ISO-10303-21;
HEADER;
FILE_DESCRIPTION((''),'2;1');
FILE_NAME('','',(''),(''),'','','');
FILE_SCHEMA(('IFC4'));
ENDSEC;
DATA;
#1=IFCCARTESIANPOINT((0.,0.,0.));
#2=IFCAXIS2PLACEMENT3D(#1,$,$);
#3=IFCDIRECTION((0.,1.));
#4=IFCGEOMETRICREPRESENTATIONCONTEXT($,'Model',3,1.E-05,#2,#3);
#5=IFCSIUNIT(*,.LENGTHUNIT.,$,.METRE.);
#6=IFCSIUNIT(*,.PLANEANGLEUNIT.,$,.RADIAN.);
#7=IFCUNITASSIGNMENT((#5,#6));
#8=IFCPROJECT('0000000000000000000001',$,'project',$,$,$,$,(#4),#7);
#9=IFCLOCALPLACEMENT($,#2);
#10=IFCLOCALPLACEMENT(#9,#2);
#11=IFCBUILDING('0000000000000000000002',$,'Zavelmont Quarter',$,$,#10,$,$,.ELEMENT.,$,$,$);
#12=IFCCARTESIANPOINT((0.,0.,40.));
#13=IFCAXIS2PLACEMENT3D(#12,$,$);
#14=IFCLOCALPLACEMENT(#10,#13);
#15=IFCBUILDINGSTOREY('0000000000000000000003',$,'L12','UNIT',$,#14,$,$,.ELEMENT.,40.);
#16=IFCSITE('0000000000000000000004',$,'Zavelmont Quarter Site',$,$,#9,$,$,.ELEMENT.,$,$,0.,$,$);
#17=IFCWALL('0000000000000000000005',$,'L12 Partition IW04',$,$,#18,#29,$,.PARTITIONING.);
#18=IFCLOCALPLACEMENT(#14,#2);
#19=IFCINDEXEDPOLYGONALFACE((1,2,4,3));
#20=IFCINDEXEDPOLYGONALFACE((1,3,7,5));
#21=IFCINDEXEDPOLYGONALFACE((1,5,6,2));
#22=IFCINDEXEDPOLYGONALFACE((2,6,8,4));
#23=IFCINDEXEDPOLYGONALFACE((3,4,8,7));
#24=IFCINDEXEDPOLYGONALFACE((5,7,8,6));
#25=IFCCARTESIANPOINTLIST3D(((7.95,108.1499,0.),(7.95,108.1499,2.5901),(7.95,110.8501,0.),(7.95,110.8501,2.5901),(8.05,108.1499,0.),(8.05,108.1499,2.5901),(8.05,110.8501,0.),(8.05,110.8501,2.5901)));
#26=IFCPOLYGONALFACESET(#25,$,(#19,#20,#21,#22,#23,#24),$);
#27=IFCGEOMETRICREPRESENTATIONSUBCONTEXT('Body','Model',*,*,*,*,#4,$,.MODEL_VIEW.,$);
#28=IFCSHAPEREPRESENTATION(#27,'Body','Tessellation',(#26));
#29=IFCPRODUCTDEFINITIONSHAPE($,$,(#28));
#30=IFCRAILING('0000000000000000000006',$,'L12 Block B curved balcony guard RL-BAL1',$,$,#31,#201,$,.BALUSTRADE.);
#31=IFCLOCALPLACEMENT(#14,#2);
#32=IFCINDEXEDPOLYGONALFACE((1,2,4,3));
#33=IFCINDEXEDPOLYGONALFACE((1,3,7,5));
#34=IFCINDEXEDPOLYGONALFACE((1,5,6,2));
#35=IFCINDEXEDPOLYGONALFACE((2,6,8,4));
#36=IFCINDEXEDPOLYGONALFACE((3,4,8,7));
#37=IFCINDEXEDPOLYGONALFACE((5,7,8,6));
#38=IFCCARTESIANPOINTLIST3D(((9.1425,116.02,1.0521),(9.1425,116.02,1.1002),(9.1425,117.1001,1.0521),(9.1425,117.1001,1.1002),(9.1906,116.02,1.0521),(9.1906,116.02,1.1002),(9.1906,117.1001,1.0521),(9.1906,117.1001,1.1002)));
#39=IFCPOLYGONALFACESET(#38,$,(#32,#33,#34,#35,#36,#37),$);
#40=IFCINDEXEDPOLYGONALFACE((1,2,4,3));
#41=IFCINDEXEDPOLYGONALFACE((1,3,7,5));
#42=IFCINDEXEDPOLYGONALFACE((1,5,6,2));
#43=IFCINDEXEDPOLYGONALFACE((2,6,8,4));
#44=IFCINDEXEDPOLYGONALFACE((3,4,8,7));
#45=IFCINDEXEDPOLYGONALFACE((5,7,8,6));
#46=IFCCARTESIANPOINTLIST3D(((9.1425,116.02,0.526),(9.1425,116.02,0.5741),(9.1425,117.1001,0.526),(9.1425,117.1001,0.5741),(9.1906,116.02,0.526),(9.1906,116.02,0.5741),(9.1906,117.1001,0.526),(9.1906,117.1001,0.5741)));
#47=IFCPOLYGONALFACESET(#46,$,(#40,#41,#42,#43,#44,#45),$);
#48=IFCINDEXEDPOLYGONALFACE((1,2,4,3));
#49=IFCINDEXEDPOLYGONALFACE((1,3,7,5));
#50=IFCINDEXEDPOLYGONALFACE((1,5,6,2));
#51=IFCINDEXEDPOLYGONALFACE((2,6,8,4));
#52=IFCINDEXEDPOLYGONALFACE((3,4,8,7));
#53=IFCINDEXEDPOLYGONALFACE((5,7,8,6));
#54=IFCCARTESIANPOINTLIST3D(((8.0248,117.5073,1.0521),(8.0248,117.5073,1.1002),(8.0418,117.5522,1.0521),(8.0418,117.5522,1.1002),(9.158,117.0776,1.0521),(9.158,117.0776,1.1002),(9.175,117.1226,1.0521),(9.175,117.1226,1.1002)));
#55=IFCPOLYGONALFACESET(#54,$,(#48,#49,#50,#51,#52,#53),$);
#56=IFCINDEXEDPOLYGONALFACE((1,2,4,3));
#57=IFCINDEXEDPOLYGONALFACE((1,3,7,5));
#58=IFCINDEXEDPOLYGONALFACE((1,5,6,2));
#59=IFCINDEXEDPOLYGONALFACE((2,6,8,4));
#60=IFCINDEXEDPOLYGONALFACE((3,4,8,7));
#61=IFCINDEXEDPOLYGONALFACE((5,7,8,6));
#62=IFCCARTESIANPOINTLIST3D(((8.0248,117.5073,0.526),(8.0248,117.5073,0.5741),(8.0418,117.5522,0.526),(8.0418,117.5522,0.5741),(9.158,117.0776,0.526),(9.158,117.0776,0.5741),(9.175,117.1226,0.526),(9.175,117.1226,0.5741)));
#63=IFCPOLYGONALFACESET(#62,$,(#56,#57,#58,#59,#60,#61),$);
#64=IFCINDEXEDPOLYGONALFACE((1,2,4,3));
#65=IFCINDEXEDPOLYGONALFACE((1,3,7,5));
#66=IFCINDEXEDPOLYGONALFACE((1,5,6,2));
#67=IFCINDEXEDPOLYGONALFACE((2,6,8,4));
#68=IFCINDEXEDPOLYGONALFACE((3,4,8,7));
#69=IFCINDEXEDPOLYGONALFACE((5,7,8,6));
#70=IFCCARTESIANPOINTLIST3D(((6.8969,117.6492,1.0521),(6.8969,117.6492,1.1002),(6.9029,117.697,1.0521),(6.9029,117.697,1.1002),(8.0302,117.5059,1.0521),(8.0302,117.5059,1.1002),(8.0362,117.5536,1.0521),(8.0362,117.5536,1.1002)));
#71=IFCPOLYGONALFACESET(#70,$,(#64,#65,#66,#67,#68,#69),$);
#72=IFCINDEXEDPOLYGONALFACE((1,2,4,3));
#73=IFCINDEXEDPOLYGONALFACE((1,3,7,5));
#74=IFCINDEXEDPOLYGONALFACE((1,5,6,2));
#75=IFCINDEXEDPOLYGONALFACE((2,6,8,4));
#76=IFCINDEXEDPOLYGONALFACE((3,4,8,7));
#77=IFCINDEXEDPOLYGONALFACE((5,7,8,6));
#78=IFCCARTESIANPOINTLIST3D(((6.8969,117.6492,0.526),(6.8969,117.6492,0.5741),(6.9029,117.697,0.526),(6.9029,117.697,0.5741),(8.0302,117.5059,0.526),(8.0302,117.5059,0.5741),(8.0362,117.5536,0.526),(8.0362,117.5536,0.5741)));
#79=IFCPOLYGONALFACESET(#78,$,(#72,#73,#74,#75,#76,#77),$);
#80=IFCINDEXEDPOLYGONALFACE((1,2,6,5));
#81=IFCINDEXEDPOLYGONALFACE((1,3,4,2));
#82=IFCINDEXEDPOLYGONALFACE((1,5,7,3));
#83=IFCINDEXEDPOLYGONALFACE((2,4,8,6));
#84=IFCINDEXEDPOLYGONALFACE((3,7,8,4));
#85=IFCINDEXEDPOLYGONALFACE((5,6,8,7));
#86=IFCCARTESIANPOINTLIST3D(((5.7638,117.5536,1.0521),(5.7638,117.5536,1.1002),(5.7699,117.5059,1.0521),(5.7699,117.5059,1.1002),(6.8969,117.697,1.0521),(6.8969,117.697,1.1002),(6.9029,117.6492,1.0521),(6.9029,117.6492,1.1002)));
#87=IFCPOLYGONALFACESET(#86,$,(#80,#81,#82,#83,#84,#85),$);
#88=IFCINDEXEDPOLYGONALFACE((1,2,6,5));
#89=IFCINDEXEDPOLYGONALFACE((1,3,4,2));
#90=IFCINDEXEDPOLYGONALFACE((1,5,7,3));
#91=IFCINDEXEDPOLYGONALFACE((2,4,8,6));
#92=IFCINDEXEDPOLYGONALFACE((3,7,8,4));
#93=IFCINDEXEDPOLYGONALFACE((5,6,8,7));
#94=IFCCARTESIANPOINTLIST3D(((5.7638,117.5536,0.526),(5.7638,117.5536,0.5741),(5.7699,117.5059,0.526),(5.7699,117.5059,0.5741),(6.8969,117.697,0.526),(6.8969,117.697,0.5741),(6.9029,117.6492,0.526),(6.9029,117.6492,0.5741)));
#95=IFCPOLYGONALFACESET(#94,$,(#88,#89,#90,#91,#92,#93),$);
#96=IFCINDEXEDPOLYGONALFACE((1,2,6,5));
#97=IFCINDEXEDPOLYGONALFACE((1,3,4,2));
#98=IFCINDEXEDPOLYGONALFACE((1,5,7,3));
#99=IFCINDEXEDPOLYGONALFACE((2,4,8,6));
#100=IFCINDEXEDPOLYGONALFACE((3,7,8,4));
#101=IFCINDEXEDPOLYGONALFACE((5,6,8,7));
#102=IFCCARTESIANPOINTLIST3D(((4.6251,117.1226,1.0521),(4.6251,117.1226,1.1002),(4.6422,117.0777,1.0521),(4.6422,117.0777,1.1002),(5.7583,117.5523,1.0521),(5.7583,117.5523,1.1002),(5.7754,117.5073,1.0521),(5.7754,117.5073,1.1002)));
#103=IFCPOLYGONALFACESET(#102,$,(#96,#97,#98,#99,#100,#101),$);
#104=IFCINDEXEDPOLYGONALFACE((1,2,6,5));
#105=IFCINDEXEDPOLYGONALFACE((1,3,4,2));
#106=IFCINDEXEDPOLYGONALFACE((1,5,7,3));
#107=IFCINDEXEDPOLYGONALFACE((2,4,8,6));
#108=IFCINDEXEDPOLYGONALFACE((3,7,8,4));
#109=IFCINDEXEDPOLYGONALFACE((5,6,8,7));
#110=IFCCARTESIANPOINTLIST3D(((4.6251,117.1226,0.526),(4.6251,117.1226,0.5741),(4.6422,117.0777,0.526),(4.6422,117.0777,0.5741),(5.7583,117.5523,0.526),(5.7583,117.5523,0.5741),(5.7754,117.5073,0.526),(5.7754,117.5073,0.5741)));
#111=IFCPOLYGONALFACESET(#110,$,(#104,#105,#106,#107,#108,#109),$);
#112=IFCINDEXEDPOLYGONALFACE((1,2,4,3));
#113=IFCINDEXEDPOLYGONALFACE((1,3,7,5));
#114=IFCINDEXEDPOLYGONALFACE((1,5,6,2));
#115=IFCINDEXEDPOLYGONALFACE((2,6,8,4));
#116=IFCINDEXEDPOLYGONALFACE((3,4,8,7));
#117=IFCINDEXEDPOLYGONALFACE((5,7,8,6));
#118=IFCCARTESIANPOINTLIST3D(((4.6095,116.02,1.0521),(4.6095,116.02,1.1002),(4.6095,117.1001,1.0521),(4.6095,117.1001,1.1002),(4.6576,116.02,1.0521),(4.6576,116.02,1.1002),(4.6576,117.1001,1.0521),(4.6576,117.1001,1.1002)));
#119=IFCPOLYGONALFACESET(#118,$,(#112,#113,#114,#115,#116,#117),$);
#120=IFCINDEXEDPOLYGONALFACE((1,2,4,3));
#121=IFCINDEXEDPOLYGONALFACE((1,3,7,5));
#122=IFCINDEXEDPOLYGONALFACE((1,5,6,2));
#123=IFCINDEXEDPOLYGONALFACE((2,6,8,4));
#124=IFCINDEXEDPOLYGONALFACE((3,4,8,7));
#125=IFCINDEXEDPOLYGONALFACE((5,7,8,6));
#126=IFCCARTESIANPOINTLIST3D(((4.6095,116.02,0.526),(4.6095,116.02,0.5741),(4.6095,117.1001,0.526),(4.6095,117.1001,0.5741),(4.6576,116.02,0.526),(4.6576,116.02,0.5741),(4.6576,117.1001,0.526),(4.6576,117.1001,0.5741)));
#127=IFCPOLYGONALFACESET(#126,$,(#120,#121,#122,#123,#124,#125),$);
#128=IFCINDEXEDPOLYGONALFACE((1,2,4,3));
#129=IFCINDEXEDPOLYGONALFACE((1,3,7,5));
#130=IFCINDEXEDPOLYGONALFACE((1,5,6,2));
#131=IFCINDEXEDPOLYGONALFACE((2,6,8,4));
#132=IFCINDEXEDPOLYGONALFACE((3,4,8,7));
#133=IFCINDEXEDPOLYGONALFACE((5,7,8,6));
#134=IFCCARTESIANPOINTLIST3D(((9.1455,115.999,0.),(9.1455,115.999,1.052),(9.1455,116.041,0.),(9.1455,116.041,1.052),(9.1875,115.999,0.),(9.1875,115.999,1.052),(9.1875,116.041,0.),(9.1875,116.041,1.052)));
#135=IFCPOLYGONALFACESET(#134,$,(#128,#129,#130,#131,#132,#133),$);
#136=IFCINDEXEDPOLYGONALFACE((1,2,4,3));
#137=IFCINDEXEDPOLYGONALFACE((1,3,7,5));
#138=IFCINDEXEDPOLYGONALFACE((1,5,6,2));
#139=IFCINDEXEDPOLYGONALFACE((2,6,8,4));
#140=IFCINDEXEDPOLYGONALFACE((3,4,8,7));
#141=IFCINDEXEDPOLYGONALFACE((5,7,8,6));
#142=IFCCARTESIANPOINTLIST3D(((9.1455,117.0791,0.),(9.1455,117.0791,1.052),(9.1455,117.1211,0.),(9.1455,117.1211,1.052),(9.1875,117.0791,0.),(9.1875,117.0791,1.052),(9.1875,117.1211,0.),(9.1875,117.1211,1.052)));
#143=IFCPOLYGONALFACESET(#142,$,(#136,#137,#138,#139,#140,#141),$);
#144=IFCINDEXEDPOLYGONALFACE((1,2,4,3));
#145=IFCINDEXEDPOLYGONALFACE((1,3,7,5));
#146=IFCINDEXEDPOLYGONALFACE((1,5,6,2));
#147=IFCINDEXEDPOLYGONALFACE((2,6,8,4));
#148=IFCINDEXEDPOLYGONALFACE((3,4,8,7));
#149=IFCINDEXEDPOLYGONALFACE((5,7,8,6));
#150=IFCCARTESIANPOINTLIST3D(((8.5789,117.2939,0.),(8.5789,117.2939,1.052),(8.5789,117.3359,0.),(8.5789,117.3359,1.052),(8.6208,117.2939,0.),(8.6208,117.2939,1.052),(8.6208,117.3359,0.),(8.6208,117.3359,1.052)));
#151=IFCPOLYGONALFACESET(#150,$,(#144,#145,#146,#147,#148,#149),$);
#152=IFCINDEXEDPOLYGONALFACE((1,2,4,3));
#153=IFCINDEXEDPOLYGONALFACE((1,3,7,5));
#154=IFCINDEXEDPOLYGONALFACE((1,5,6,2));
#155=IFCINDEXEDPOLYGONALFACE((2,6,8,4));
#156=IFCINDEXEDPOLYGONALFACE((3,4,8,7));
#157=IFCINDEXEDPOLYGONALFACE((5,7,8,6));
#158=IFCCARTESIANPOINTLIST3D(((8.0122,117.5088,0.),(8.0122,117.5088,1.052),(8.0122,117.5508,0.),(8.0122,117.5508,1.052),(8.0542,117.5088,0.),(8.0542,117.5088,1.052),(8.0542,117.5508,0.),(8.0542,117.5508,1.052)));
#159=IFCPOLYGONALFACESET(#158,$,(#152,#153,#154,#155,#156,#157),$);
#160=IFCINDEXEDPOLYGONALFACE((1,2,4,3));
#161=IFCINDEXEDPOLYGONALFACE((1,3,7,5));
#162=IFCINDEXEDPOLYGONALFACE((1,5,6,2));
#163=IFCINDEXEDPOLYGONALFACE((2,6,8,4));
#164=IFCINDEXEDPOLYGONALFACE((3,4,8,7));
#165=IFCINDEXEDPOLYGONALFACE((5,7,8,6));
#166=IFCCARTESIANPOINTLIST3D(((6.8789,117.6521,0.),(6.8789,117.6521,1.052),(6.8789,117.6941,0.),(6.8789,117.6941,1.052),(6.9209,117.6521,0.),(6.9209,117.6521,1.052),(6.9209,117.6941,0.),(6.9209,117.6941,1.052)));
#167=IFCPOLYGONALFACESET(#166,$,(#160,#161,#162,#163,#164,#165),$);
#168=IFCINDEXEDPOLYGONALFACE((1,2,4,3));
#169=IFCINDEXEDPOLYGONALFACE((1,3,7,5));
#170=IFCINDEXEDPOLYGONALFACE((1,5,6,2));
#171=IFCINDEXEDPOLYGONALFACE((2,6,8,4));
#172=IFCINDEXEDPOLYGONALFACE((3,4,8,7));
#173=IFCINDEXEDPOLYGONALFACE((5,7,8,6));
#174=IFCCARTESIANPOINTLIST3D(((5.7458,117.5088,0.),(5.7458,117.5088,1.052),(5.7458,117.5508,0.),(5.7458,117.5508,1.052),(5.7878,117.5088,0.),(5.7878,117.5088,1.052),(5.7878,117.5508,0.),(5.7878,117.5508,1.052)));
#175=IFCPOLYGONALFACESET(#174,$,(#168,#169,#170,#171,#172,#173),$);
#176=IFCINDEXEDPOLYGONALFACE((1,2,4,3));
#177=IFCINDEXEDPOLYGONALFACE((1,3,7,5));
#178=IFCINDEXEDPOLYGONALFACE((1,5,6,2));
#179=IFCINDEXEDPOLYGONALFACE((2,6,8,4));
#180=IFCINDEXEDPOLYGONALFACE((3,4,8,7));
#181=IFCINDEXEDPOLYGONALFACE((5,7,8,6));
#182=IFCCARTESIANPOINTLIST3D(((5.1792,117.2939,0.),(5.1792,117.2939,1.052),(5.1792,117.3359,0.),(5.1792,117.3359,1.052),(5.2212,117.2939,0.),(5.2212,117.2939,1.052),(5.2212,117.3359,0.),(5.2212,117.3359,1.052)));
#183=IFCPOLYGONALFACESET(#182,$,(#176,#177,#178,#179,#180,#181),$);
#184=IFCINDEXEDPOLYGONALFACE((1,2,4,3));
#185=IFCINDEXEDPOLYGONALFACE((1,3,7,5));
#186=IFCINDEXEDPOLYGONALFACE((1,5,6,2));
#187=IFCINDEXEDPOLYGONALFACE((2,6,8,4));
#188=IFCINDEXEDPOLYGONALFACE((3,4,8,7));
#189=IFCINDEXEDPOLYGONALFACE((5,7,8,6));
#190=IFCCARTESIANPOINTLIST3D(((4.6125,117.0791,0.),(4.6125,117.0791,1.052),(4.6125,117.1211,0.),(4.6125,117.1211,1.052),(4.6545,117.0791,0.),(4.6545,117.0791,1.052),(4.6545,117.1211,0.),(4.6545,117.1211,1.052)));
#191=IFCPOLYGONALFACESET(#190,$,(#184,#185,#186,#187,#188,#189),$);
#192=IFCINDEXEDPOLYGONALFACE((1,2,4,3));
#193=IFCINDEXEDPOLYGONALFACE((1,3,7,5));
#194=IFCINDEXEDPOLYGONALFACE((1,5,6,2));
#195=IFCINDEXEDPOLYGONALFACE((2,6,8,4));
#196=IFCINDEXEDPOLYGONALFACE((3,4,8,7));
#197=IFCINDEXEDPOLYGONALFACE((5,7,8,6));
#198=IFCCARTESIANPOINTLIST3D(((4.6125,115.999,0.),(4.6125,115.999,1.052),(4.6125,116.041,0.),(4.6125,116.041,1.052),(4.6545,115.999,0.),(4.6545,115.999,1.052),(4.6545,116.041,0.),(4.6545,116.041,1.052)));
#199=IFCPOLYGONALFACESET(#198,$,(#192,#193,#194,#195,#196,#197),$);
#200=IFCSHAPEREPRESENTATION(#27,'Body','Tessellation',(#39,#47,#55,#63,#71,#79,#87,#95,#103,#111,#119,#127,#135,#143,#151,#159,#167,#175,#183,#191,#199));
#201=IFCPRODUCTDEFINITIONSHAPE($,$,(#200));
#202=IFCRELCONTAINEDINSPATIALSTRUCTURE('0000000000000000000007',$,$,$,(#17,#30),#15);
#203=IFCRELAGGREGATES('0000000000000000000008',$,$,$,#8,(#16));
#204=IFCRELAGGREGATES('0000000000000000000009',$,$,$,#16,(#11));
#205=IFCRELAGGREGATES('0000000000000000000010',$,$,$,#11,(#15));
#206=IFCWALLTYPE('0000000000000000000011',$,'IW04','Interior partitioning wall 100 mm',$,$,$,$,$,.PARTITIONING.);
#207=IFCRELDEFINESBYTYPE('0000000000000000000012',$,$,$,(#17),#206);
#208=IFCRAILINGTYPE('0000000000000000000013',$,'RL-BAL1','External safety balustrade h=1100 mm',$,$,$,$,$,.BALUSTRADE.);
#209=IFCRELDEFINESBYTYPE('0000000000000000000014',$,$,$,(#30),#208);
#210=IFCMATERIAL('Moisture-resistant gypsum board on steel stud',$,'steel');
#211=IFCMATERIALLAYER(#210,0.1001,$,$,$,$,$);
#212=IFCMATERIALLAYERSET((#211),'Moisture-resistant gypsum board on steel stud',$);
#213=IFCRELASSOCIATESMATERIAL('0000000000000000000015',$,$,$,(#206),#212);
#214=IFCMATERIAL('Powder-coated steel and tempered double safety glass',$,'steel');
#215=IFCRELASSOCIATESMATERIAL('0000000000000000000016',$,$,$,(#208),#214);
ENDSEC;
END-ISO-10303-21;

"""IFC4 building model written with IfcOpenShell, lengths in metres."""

from ifc_helpers import new_model, si_unit, direction, frame, frame_2d, origin, origin_2d, place, context, subcontext, project, spatial, rectangle, extrude, material, layer, layer_set, type_object, element, save


model = new_model("IFC4")

# Units and contexts
model_context = context("Model", 3, precision=1e-05, world=origin(), true_north=direction((0.0, 1.0)))
body_context = subcontext(model_context, "Body", "Model", "MODEL_VIEW")
ifc_project = project(units=[si_unit("LENGTHUNIT", "METRE"), si_unit("PLANEANGLEUNIT", "RADIAN")], contexts=[model_context])

# Site, building, storey
site_placement = place(None, origin())
site = spatial("IfcSite", under=ifc_project, at=site_placement, Name="Zavelmont Quarter Site", CompositionType="ELEMENT", RefElevation=0.0)
building_placement = place(site_placement, origin())
building = spatial("IfcBuilding", under=site, at=building_placement, Name="Zavelmont Quarter", CompositionType="ELEMENT")
storey_placement = place(building_placement, frame((0.0, 0.0, 40.0)))
storey = spatial("IfcBuildingStorey", under=building, at=storey_placement, Name="L12", Description="UNIT", CompositionType="ELEMENT", Elevation=40.0)

# Wall
ifc_material_1 = material(Name="Moisture-resistant gypsum board on steel stud", Category="steel")
ifc_layer_1 = layer(ifc_material_1, 0.1001)
ifc_layer_set_1 = layer_set([ifc_layer_1], Name="Moisture-resistant gypsum board on steel stud")
wall_type_1 = type_object("IfcWallType", Name="IW04", Description="Interior partitioning wall 100 mm", PredefinedType="PARTITIONING", material=ifc_layer_set_1)
wall_1_placement = place(storey_placement, frame((8.0, 108.1499, 0.0), z_axis=(0.0, 0.0, 1.0), x_axis=(0.0, 1.0, 0.0)))
element("IfcWall", 1, at=wall_1_placement, inside=storey, type_object=wall_type_1, Name="L12 Partition IW04", PredefinedType="PARTITIONING", context=body_context, shape_type="SweptSolid", body=[
    extrude(rectangle(XDim=2.7002, YDim=0.1001, at=frame_2d((1.3501, 0.0))), origin(), (0.0, 0.0, 1.0), 2.5901),
])

# Railing
ifc_material_2 = material(Name="Powder-coated steel and tempered double safety glass", Category="steel")
railing_type = type_object("IfcRailingType", Name="RL-BAL1", Description="External safety balustrade h=1100 mm", PredefinedType="BALUSTRADE", material=ifc_material_2)
railing_placement = place(storey_placement, frame((9.1665, 116.02, 0.0)))
element("IfcRailing", 2, at=railing_placement, inside=storey, type_object=railing_type, Name="L12 Block B curved balcony guard RL-BAL1", PredefinedType="BALUSTRADE", context=body_context, shape_type="SweptSolid", body=[
    extrude(rectangle(XDim=0.0481, YDim=0.0481, at=origin_2d()), frame((0.0, 0.0, 1.0762), z_axis=(0.0, 1.0, 0.0), x_axis=(-1.0, 0.0, 0.0)), (0.0, 0.0, 1.0), 1.0801),
    extrude(rectangle(XDim=0.0481, YDim=0.0481, at=origin_2d()), frame((0.0, 0.0, 0.55), z_axis=(0.0, 1.0, 0.0), x_axis=(-1.0, 0.0, 0.0)), (0.0, 0.0, 1.0), 1.0801),
    extrude(rectangle(XDim=0.0481, YDim=0.0481, at=origin_2d()), frame((0.0, 1.0801, 1.0762), z_axis=(-0.935048, 0.354521, 0.0), x_axis=(-0.354521, -0.935048, 0.0)), (0.0, 0.0, 1.0), 1.2119),
    extrude(rectangle(XDim=0.0481, YDim=0.0481, at=origin_2d()), frame((0.0, 1.0801, 0.55), z_axis=(-0.935048, 0.354521, 0.0), x_axis=(-0.354521, -0.935048, 0.0)), (0.0, 0.0, 1.0), 1.2119),
    extrude(rectangle(XDim=0.0481, YDim=0.0481, at=origin_2d()), frame((-1.1333, 1.5098, 1.0762), z_axis=(-0.992099, 0.125455, 0.0), x_axis=(-0.125455, -0.992099, 0.0)), (0.0, 0.0, 1.0), 1.1423),
    extrude(rectangle(XDim=0.0481, YDim=0.0481, at=origin_2d()), frame((-1.1333, 1.5098, 0.55), z_axis=(-0.992099, 0.125455, 0.0), x_axis=(-0.125455, -0.992099, 0.0)), (0.0, 0.0, 1.0), 1.1423),
    extrude(rectangle(XDim=0.0481, YDim=0.0481, at=origin_2d()), frame((-2.2666, 1.6531, 1.0762), z_axis=(-0.992096, -0.125482, 0.0), x_axis=(0.125482, -0.992096, 0.0)), (0.0, 0.0, 1.0), 1.1421),
    extrude(rectangle(XDim=0.0481, YDim=0.0481, at=origin_2d()), frame((-2.2666, 1.6531, 0.55), z_axis=(-0.992096, -0.125482, 0.0), x_axis=(0.125482, -0.992096, 0.0)), (0.0, 0.0, 1.0), 1.1421),
    extrude(rectangle(XDim=0.0481, YDim=0.0481, at=origin_2d()), frame((-3.3997, 1.5098, 1.0762), z_axis=(-0.935048, -0.354521, 0.0), x_axis=(0.354521, -0.935048, 0.0)), (0.0, 0.0, 1.0), 1.2119),
    extrude(rectangle(XDim=0.0481, YDim=0.0481, at=origin_2d()), frame((-3.3997, 1.5098, 0.55), z_axis=(-0.935048, -0.354521, 0.0), x_axis=(0.354521, -0.935048, 0.0)), (0.0, 0.0, 1.0), 1.2119),
    extrude(rectangle(XDim=0.0481, YDim=0.0481, at=origin_2d()), frame((-4.533, 1.0801, 1.0762), z_axis=(0.0, -1.0, 0.0), x_axis=(1.0, 0.0, 0.0)), (0.0, 0.0, 1.0), 1.0801),
    extrude(rectangle(XDim=0.0481, YDim=0.0481, at=origin_2d()), frame((-4.533, 1.0801, 0.55), z_axis=(0.0, -1.0, 0.0), x_axis=(1.0, 0.0, 0.0)), (0.0, 0.0, 1.0), 1.0801),
    extrude(rectangle(XDim=0.042, YDim=0.042, at=origin_2d()), origin(), (0.0, 0.0, 1.0), 1.052),
    extrude(rectangle(XDim=0.042, YDim=0.042, at=origin_2d()), frame((0.0, 1.0801, 0.0)), (0.0, 0.0, 1.0), 1.052),
    extrude(rectangle(XDim=0.042, YDim=0.042, at=origin_2d()), frame((-0.5667, 1.2949, 0.0)), (0.0, 0.0, 1.0), 1.052),
    extrude(rectangle(XDim=0.042, YDim=0.042, at=origin_2d()), frame((-1.1333, 1.5098, 0.0)), (0.0, 0.0, 1.0), 1.052),
    extrude(rectangle(XDim=0.042, YDim=0.042, at=origin_2d()), frame((-2.2666, 1.6531, 0.0)), (0.0, 0.0, 1.0), 1.052),
    extrude(rectangle(XDim=0.042, YDim=0.042, at=origin_2d()), frame((-3.3997, 1.5098, 0.0)), (0.0, 0.0, 1.0), 1.052),
    extrude(rectangle(XDim=0.042, YDim=0.042, at=origin_2d()), frame((-3.9663, 1.2949, 0.0)), (0.0, 0.0, 1.0), 1.052),
    extrude(rectangle(XDim=0.042, YDim=0.042, at=origin_2d()), frame((-4.533, 1.0801, 0.0)), (0.0, 0.0, 1.0), 1.052),
    extrude(rectangle(XDim=0.042, YDim=0.042, at=origin_2d()), frame((-4.533, 0.0, 0.0)), (0.0, 0.0, 1.0), 1.052),
])

save(model, "model.ifc")
